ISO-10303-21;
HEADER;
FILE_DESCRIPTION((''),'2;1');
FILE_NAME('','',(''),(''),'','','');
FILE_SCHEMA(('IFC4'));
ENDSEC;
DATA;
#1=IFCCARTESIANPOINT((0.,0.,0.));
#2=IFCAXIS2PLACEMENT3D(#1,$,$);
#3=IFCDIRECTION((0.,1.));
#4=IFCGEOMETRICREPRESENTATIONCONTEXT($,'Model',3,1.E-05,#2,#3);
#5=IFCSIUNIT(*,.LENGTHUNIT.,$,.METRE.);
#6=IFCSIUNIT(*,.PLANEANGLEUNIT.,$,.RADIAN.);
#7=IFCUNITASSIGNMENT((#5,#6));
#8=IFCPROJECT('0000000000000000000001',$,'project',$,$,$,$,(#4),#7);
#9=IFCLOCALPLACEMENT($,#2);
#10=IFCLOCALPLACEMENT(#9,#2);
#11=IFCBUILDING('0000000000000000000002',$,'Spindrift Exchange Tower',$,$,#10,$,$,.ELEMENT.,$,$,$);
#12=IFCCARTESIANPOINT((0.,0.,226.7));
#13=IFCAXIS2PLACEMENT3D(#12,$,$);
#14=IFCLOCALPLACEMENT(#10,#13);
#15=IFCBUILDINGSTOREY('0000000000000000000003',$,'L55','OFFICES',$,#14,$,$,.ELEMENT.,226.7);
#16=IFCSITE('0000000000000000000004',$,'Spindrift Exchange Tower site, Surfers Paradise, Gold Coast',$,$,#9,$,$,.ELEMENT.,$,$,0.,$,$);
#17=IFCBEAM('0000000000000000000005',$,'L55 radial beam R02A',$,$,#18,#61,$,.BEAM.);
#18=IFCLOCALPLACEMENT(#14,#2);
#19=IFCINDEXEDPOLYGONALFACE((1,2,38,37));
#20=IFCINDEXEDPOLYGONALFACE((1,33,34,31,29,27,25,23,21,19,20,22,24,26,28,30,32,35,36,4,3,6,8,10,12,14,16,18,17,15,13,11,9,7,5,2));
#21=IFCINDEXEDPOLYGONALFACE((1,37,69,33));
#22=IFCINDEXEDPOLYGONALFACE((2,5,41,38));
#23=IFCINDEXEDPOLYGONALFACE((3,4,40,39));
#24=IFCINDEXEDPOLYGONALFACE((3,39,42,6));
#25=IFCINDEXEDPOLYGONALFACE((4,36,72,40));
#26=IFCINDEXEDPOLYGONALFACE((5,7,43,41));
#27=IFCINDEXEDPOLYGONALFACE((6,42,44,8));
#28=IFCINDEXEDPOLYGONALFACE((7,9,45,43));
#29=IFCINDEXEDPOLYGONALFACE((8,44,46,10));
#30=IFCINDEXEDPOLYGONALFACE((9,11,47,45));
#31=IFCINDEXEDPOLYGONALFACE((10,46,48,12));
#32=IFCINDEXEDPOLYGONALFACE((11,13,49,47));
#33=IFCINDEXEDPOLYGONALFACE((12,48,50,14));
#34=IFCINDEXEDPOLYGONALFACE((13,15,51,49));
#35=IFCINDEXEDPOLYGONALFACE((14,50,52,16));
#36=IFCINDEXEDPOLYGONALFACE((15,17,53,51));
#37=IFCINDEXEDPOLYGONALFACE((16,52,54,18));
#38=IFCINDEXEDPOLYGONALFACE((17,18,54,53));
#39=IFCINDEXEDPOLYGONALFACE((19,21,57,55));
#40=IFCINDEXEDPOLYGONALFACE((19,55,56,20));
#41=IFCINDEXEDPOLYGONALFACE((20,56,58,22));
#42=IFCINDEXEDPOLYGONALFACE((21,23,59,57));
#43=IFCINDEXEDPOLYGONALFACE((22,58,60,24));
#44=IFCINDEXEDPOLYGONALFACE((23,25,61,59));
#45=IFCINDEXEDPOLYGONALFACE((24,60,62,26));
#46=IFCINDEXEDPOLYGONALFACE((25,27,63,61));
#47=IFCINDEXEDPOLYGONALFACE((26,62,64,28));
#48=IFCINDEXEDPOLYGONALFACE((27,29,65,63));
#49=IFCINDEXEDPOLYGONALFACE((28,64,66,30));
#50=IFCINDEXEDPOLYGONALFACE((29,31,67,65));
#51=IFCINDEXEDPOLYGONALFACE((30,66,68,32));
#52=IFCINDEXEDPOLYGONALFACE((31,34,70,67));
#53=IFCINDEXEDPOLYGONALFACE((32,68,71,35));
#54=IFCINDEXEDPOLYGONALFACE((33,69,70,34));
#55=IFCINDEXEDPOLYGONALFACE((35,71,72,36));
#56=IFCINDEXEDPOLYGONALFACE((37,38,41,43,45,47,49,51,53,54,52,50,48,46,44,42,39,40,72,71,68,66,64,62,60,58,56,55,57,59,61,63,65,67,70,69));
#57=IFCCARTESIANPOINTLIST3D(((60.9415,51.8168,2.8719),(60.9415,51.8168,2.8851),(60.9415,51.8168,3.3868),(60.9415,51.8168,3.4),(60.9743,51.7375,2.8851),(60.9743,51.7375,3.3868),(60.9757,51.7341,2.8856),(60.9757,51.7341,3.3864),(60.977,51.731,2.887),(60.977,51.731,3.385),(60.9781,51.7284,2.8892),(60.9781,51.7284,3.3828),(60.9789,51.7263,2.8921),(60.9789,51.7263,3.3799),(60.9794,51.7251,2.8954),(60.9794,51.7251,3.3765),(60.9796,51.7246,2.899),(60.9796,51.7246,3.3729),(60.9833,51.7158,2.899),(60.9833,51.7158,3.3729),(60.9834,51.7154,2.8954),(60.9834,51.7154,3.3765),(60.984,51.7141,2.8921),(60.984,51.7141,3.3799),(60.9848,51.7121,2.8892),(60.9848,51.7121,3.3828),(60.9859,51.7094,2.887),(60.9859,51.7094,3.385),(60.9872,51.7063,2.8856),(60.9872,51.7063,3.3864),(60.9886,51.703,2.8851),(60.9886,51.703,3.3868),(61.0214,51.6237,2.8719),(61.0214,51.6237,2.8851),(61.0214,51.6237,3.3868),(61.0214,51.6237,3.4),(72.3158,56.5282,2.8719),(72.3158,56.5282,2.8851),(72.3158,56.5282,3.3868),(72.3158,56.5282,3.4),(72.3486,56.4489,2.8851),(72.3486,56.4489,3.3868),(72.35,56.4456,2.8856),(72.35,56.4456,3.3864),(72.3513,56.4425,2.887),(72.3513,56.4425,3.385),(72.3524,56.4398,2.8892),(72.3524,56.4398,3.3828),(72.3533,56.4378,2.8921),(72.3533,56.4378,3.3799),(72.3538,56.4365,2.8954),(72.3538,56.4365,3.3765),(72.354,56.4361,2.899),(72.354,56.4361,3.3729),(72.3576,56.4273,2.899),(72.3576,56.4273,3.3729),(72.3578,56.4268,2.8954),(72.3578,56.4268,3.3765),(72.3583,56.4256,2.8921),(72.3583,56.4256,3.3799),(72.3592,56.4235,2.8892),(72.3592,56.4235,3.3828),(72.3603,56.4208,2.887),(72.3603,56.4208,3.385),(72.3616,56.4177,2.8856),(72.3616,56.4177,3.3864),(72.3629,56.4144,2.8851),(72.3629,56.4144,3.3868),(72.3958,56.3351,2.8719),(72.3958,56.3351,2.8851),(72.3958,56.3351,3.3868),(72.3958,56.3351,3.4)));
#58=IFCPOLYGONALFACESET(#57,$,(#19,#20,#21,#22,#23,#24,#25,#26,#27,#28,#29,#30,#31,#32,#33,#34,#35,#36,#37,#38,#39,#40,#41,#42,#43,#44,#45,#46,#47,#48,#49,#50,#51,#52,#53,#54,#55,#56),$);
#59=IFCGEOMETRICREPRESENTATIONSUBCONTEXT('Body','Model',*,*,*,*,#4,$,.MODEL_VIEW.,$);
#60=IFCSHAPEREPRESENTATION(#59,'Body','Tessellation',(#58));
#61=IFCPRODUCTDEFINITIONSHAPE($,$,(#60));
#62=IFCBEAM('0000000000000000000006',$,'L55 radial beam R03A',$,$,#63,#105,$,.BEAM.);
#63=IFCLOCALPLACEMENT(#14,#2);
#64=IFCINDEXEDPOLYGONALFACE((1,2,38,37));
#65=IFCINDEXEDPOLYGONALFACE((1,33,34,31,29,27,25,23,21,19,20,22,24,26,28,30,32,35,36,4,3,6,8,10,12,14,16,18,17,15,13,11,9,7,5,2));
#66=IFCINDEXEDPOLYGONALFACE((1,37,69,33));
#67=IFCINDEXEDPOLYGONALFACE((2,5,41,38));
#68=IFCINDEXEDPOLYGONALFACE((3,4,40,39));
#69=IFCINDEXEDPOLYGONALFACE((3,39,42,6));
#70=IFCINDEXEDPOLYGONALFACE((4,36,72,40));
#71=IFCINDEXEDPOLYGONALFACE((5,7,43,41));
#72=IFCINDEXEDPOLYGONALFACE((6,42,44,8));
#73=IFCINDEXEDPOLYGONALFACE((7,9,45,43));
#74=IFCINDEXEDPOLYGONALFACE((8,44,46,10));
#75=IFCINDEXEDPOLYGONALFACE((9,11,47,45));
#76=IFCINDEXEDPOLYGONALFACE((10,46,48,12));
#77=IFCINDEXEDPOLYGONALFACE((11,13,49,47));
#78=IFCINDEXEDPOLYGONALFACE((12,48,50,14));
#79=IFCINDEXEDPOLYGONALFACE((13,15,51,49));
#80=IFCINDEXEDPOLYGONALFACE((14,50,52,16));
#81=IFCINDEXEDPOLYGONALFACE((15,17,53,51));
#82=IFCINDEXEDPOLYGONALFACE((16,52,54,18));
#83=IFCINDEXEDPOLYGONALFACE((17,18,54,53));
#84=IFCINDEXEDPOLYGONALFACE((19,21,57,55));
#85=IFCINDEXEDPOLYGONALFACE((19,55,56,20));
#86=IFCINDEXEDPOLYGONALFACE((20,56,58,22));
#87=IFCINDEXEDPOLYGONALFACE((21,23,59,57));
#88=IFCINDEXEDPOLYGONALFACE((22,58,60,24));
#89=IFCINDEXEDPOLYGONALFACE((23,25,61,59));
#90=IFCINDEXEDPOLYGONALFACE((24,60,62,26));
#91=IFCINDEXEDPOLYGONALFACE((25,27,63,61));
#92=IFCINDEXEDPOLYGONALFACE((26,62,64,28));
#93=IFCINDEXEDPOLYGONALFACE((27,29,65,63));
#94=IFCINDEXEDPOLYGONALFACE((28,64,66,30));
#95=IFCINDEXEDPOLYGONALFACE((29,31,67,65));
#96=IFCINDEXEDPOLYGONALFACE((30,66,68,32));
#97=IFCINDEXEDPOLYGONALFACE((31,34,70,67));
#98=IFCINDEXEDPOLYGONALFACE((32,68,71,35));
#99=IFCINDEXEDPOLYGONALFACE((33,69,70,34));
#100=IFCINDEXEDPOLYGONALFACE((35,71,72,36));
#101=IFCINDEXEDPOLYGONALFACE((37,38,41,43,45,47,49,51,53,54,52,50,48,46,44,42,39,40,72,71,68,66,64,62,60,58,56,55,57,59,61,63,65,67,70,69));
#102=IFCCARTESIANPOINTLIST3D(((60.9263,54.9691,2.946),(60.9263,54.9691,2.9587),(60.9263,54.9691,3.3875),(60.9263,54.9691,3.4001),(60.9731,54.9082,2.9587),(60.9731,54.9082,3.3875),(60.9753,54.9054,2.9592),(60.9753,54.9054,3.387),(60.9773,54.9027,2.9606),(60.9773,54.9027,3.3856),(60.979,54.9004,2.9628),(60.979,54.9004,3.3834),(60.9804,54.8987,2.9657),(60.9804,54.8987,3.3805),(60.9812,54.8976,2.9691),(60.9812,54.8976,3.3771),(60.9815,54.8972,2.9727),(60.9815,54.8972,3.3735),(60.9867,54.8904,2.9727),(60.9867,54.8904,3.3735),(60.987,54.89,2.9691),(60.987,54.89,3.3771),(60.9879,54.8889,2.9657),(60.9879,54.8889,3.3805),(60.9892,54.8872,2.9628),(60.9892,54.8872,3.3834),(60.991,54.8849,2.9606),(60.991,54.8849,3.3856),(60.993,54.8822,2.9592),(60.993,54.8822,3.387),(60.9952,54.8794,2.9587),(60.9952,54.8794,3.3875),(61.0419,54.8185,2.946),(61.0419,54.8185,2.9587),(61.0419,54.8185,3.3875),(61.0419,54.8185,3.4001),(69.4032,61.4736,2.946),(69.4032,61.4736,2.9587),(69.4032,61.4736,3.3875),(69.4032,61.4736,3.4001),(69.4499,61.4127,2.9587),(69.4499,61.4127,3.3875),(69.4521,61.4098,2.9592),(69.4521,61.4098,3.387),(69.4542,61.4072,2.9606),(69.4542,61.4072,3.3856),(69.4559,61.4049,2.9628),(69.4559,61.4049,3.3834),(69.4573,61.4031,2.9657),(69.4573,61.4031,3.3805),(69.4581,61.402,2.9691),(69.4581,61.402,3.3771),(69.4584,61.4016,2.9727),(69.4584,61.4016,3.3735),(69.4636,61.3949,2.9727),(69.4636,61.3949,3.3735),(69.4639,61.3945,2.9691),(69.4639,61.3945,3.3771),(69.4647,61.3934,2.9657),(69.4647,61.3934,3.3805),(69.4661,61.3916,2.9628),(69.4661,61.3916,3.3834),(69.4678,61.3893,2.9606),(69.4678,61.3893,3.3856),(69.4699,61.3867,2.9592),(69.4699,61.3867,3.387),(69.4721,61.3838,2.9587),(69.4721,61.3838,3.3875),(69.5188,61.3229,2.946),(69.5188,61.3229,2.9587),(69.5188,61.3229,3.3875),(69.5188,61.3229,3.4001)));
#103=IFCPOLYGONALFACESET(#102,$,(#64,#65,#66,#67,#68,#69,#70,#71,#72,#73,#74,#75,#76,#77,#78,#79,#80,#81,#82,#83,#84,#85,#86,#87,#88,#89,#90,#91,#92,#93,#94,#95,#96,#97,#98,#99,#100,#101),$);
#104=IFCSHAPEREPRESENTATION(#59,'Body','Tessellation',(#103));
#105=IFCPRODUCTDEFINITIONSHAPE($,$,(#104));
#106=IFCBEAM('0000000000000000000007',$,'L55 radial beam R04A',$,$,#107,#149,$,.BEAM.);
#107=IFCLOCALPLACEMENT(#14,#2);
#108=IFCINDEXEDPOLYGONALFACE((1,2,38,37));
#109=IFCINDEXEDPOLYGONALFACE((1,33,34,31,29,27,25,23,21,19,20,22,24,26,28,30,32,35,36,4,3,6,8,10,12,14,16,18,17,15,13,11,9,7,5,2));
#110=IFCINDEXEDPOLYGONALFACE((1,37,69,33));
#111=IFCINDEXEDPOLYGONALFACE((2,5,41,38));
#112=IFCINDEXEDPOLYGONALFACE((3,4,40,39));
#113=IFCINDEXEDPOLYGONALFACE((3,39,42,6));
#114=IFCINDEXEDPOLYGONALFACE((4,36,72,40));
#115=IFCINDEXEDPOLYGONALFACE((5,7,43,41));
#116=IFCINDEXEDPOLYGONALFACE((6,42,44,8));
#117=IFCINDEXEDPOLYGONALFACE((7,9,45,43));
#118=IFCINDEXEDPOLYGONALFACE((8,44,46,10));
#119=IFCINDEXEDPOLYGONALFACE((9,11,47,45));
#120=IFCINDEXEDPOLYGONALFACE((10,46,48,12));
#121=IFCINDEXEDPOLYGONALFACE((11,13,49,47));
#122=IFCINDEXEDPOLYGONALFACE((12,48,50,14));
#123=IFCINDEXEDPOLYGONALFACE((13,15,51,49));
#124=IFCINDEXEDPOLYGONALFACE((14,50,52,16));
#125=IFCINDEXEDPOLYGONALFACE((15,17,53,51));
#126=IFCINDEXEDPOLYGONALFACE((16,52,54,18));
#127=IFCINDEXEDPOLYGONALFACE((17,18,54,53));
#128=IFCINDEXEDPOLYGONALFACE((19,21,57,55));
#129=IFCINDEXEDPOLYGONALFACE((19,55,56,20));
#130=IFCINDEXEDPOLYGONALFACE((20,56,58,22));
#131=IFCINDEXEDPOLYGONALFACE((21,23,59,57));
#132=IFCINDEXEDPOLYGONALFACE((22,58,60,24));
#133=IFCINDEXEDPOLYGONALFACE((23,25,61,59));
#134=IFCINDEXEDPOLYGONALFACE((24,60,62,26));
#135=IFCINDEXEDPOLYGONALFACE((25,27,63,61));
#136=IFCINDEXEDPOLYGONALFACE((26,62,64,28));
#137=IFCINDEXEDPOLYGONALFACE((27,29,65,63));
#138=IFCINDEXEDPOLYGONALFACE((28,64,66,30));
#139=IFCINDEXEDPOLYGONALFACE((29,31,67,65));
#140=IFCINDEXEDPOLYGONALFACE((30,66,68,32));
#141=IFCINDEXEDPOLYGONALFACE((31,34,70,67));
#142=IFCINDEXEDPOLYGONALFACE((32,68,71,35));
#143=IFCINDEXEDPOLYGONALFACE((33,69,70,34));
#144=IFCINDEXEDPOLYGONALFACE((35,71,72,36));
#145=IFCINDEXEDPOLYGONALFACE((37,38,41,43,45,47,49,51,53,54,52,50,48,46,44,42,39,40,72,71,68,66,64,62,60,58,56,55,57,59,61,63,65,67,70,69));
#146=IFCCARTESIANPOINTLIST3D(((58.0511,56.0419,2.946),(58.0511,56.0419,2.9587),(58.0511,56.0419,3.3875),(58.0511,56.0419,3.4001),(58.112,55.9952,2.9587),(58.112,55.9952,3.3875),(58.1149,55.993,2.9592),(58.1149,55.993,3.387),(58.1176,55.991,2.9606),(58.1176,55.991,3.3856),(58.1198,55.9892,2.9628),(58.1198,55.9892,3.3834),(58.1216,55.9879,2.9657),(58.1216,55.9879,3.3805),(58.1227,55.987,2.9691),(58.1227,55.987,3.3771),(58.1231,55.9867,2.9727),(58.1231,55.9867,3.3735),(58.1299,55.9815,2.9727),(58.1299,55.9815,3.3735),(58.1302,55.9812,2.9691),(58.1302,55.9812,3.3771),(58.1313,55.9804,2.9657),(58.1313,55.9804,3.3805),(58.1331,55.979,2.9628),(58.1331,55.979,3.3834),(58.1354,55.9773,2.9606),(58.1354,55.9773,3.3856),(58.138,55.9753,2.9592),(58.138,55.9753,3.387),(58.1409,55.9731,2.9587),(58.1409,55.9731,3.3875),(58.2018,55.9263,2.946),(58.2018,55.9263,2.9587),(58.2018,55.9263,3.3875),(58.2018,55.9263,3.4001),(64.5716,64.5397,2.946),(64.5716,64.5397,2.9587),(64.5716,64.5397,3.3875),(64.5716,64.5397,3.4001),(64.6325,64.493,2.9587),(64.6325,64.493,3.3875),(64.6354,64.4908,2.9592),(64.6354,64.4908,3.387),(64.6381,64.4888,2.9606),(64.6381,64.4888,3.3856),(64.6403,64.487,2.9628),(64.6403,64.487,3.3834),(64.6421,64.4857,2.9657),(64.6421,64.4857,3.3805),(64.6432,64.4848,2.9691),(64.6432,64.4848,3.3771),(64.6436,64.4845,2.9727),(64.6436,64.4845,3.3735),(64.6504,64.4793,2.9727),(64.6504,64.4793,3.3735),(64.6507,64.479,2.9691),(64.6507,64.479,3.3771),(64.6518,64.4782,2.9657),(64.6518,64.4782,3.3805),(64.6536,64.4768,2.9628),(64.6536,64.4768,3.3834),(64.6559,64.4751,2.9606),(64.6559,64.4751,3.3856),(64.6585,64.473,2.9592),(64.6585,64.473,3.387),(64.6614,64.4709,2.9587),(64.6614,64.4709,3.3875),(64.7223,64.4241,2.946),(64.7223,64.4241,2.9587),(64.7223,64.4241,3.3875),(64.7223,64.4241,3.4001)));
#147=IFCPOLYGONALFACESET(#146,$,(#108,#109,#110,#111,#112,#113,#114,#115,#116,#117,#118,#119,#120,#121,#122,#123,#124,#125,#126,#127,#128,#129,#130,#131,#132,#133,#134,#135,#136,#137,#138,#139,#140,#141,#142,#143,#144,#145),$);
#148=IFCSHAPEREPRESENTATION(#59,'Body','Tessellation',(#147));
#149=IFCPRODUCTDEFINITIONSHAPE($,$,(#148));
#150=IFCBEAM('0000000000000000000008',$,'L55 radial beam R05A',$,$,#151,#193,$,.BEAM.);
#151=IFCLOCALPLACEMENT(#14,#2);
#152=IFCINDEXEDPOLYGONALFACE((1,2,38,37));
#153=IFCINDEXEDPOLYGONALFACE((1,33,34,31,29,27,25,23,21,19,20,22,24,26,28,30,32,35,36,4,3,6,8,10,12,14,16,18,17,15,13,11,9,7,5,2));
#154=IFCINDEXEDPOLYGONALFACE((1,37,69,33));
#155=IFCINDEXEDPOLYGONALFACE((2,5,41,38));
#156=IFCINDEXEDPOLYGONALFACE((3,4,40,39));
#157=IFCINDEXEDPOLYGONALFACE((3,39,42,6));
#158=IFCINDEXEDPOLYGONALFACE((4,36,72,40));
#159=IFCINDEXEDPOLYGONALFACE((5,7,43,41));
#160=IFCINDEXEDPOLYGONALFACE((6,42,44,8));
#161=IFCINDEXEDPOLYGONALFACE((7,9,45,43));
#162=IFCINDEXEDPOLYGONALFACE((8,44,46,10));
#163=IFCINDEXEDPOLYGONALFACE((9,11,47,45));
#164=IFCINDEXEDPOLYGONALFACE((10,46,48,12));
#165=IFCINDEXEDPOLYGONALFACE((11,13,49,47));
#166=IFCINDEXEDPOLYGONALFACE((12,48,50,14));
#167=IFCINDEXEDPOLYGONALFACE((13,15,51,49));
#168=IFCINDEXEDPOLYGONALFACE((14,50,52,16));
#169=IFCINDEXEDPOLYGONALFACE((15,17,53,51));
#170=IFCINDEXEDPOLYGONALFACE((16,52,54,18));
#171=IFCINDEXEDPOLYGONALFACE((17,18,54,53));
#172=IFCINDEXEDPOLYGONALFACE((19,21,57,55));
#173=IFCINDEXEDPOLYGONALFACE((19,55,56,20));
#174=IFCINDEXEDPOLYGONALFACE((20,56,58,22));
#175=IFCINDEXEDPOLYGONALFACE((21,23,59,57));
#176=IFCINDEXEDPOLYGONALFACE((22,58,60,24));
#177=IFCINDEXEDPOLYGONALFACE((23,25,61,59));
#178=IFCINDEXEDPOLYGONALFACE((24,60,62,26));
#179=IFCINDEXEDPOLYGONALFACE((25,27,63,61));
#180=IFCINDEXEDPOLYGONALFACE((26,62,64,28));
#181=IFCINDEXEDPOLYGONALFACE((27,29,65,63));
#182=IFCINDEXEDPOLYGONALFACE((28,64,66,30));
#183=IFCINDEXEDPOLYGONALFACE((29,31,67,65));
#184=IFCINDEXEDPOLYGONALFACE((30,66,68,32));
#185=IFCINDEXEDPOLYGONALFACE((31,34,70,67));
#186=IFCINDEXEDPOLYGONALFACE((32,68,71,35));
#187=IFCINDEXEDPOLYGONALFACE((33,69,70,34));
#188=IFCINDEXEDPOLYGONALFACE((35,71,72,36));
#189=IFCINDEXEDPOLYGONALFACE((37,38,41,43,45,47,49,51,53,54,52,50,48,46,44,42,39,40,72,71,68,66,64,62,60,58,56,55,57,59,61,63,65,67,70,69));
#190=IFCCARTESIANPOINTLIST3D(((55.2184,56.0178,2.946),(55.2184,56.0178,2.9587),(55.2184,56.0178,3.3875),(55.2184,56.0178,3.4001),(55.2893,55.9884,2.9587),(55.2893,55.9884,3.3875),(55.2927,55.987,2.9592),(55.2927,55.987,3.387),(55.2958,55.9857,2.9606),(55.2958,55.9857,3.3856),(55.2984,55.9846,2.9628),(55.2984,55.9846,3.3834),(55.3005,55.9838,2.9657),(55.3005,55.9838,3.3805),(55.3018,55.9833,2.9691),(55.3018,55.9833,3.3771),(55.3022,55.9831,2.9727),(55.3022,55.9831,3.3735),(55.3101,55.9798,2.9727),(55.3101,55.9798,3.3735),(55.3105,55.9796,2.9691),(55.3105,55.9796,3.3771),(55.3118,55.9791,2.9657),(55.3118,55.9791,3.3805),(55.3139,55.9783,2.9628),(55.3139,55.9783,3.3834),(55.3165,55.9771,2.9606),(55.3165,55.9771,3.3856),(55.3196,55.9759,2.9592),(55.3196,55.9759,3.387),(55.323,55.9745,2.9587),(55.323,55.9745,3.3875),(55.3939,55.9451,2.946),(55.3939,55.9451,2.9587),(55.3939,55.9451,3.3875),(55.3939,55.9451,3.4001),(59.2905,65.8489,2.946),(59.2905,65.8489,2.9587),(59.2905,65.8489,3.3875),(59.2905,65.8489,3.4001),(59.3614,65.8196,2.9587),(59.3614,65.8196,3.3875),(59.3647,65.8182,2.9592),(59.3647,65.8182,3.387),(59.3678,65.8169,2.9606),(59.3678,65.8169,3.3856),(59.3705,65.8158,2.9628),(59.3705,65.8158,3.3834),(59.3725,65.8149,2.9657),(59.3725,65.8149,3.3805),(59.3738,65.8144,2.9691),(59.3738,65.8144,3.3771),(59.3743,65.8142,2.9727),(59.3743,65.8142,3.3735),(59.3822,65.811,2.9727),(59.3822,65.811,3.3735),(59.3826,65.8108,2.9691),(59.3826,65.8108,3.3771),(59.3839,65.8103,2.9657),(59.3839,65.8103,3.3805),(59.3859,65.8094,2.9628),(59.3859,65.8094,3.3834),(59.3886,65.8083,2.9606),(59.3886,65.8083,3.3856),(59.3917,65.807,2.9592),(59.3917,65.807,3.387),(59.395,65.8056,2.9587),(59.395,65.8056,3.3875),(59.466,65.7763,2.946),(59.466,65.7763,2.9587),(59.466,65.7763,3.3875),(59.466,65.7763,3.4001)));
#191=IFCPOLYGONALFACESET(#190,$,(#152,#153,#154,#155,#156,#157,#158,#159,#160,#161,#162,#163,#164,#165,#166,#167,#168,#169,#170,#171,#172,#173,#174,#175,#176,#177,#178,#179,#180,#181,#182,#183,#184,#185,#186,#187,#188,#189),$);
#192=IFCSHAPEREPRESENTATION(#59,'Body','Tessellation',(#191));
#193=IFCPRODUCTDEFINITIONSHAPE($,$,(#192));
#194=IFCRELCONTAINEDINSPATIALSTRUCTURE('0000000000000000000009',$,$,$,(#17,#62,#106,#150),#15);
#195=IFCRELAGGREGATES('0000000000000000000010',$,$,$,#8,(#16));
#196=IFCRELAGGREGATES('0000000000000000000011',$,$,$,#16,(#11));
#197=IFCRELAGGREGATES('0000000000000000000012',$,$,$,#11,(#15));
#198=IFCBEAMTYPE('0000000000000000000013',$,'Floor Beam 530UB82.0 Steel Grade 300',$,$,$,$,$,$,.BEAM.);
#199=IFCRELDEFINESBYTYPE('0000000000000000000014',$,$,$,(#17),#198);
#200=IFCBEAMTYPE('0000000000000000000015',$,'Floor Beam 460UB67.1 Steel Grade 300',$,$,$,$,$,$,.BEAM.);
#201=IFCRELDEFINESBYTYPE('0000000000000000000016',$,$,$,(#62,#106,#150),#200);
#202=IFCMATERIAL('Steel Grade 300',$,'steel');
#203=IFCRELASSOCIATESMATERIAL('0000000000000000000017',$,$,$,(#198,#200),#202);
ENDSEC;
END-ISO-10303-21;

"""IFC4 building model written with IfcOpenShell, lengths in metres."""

from ifc_helpers import new_model, si_unit, direction, frame, origin, origin_2d, place, context, subcontext, project, spatial, i_section, extrude, source, transform, mapped, material, material_profile, profile_set, type_object, element, save


model = new_model("IFC4")

# Units and contexts
model_context = context("Model", 3, precision=1e-05, world=origin(), true_north=direction((0.0, 1.0)))
body_context = subcontext(model_context, "Body", "Model", "MODEL_VIEW")
ifc_project = project(units=[si_unit("LENGTHUNIT", "METRE"), si_unit("PLANEANGLEUNIT", "RADIAN")], contexts=[model_context])

# Site, building, storey
site_placement = place(None, origin())
site = spatial("IfcSite", under=ifc_project, at=site_placement, Name="Spindrift Exchange Tower site, Surfers Paradise, Gold Coast", CompositionType="ELEMENT", RefElevation=0.0)
building_placement = place(site_placement, origin())
building = spatial("IfcBuilding", under=site, at=building_placement, Name="Spindrift Exchange Tower", CompositionType="ELEMENT")
storey_placement = place(building_placement, frame((0.0, 0.0, 226.7)))
storey = spatial("IfcBuildingStorey", under=building, at=storey_placement, Name="L55", Description="OFFICES", CompositionType="ELEMENT", Elevation=226.7)

# Beams
ifc_material_1 = material(Name="Steel Grade 300", Category="steel")
ifc_material_profile_1 = material_profile(ifc_material_1, i_section(OverallWidth=0.209, OverallDepth=0.5281, WebThickness=0.0095, FlangeThickness=0.0132, FilletRadius=0.0139, at=origin_2d()), Name="530UB82.0")
ifc_profile_set_1 = profile_set([ifc_material_profile_1], Name="Steel Grade 300")
beam_type_1 = type_object("IfcBeamType", Name="Floor Beam 530UB82.0 Steel Grade 300", PredefinedType="BEAM", material=ifc_profile_set_1)
shared_shape_1 = source(origin(), body_context, "Body", "SweptSolid", [
    extrude(i_section(OverallWidth=0.209, OverallDepth=0.5281, WebThickness=0.0095, FlangeThickness=0.0132, FilletRadius=0.0139, at=origin_2d()), origin(), (0.0, 0.0, 1.0), 12.3115),
])
beam_1_placement = place(storey_placement, frame((60.9814, 51.7202, 3.136), z_axis=(0.923878, 0.382687, 0.0), x_axis=(-0.382687, 0.923878, 0.0)))
element("IfcBeam", 1, at=beam_1_placement, inside=storey, type_object=beam_type_1, Name="L55 radial beam R02A", PredefinedType="BEAM", context=body_context, shape_type="MappedRepresentation", body=[
    mapped(shared_shape_1, transform((0.0, 0.0, 0.0), scale=1.0)),
])
ifc_material_profile_2 = material_profile(ifc_material_1, i_section(OverallWidth=0.1899, OverallDepth=0.4541, WebThickness=0.0085, FlangeThickness=0.0127, FilletRadius=0.0139, at=origin_2d()), Name="460UB67.1")
ifc_profile_set_2 = profile_set([ifc_material_profile_2], Name="Steel Grade 300")
beam_type_2 = type_object("IfcBeamType", Name="Floor Beam 460UB67.1 Steel Grade 300", PredefinedType="BEAM", material=ifc_profile_set_2)
shared_shape_2 = source(origin(), body_context, "Body", "SweptSolid", [
    extrude(i_section(OverallWidth=0.1899, OverallDepth=0.4541, WebThickness=0.0085, FlangeThickness=0.0127, FilletRadius=0.0139, at=origin_2d()), origin(), (0.0, 0.0, 1.0), 10.6848),
])
beam_2_placement = place(storey_placement, frame((60.9841, 54.8938, 3.1731), z_axis=(0.793357, 0.608756, 0.0), x_axis=(-0.608756, 0.793357, 0.0)))
element("IfcBeam", 2, at=beam_2_placement, inside=storey, type_object=beam_type_2, Name="L55 radial beam R03A", PredefinedType="BEAM", context=body_context, shape_type="MappedRepresentation", body=[
    mapped(shared_shape_2, transform((0.0, 0.0, 0.0), scale=1.0)),
])
shared_shape_3 = source(origin(), body_context, "Body", "SweptSolid", [
    extrude(i_section(OverallWidth=0.1899, OverallDepth=0.4541, WebThickness=0.0085, FlangeThickness=0.0127, FilletRadius=0.0139, at=origin_2d()), origin(), (0.0, 0.0, 1.0), 10.7112),
])
beam_3_placement = place(storey_placement, frame((58.1265, 55.9841, 3.1731), z_axis=(0.608756, 0.793357, 0.0), x_axis=(-0.793357, 0.608756, 0.0)))
element("IfcBeam", 3, at=beam_3_placement, inside=storey, type_object=beam_type_2, Name="L55 radial beam R04A", PredefinedType="BEAM", context=body_context, shape_type="MappedRepresentation", body=[
    mapped(shared_shape_3, transform((0.0, 0.0, 0.0), scale=1.0)),
])
shared_shape_4 = source(origin(), body_context, "Body", "SweptSolid", [
    extrude(i_section(OverallWidth=0.1899, OverallDepth=0.4541, WebThickness=0.0085, FlangeThickness=0.0127, FilletRadius=0.0139, at=origin_2d()), origin(), (0.0, 0.0, 1.0), 10.6411),
])
beam_4_placement = place(storey_placement, frame((55.3062, 55.9814, 3.1731), z_axis=(0.382673, 0.923884, 0.0), x_axis=(-0.923884, 0.382673, 0.0)))
element("IfcBeam", 4, at=beam_4_placement, inside=storey, type_object=beam_type_2, Name="L55 radial beam R05A", PredefinedType="BEAM", context=body_context, shape_type="MappedRepresentation", body=[
    mapped(shared_shape_4, transform((0.0, 0.0, 0.0), scale=1.0)),
])

save(model, "model.ifc")
